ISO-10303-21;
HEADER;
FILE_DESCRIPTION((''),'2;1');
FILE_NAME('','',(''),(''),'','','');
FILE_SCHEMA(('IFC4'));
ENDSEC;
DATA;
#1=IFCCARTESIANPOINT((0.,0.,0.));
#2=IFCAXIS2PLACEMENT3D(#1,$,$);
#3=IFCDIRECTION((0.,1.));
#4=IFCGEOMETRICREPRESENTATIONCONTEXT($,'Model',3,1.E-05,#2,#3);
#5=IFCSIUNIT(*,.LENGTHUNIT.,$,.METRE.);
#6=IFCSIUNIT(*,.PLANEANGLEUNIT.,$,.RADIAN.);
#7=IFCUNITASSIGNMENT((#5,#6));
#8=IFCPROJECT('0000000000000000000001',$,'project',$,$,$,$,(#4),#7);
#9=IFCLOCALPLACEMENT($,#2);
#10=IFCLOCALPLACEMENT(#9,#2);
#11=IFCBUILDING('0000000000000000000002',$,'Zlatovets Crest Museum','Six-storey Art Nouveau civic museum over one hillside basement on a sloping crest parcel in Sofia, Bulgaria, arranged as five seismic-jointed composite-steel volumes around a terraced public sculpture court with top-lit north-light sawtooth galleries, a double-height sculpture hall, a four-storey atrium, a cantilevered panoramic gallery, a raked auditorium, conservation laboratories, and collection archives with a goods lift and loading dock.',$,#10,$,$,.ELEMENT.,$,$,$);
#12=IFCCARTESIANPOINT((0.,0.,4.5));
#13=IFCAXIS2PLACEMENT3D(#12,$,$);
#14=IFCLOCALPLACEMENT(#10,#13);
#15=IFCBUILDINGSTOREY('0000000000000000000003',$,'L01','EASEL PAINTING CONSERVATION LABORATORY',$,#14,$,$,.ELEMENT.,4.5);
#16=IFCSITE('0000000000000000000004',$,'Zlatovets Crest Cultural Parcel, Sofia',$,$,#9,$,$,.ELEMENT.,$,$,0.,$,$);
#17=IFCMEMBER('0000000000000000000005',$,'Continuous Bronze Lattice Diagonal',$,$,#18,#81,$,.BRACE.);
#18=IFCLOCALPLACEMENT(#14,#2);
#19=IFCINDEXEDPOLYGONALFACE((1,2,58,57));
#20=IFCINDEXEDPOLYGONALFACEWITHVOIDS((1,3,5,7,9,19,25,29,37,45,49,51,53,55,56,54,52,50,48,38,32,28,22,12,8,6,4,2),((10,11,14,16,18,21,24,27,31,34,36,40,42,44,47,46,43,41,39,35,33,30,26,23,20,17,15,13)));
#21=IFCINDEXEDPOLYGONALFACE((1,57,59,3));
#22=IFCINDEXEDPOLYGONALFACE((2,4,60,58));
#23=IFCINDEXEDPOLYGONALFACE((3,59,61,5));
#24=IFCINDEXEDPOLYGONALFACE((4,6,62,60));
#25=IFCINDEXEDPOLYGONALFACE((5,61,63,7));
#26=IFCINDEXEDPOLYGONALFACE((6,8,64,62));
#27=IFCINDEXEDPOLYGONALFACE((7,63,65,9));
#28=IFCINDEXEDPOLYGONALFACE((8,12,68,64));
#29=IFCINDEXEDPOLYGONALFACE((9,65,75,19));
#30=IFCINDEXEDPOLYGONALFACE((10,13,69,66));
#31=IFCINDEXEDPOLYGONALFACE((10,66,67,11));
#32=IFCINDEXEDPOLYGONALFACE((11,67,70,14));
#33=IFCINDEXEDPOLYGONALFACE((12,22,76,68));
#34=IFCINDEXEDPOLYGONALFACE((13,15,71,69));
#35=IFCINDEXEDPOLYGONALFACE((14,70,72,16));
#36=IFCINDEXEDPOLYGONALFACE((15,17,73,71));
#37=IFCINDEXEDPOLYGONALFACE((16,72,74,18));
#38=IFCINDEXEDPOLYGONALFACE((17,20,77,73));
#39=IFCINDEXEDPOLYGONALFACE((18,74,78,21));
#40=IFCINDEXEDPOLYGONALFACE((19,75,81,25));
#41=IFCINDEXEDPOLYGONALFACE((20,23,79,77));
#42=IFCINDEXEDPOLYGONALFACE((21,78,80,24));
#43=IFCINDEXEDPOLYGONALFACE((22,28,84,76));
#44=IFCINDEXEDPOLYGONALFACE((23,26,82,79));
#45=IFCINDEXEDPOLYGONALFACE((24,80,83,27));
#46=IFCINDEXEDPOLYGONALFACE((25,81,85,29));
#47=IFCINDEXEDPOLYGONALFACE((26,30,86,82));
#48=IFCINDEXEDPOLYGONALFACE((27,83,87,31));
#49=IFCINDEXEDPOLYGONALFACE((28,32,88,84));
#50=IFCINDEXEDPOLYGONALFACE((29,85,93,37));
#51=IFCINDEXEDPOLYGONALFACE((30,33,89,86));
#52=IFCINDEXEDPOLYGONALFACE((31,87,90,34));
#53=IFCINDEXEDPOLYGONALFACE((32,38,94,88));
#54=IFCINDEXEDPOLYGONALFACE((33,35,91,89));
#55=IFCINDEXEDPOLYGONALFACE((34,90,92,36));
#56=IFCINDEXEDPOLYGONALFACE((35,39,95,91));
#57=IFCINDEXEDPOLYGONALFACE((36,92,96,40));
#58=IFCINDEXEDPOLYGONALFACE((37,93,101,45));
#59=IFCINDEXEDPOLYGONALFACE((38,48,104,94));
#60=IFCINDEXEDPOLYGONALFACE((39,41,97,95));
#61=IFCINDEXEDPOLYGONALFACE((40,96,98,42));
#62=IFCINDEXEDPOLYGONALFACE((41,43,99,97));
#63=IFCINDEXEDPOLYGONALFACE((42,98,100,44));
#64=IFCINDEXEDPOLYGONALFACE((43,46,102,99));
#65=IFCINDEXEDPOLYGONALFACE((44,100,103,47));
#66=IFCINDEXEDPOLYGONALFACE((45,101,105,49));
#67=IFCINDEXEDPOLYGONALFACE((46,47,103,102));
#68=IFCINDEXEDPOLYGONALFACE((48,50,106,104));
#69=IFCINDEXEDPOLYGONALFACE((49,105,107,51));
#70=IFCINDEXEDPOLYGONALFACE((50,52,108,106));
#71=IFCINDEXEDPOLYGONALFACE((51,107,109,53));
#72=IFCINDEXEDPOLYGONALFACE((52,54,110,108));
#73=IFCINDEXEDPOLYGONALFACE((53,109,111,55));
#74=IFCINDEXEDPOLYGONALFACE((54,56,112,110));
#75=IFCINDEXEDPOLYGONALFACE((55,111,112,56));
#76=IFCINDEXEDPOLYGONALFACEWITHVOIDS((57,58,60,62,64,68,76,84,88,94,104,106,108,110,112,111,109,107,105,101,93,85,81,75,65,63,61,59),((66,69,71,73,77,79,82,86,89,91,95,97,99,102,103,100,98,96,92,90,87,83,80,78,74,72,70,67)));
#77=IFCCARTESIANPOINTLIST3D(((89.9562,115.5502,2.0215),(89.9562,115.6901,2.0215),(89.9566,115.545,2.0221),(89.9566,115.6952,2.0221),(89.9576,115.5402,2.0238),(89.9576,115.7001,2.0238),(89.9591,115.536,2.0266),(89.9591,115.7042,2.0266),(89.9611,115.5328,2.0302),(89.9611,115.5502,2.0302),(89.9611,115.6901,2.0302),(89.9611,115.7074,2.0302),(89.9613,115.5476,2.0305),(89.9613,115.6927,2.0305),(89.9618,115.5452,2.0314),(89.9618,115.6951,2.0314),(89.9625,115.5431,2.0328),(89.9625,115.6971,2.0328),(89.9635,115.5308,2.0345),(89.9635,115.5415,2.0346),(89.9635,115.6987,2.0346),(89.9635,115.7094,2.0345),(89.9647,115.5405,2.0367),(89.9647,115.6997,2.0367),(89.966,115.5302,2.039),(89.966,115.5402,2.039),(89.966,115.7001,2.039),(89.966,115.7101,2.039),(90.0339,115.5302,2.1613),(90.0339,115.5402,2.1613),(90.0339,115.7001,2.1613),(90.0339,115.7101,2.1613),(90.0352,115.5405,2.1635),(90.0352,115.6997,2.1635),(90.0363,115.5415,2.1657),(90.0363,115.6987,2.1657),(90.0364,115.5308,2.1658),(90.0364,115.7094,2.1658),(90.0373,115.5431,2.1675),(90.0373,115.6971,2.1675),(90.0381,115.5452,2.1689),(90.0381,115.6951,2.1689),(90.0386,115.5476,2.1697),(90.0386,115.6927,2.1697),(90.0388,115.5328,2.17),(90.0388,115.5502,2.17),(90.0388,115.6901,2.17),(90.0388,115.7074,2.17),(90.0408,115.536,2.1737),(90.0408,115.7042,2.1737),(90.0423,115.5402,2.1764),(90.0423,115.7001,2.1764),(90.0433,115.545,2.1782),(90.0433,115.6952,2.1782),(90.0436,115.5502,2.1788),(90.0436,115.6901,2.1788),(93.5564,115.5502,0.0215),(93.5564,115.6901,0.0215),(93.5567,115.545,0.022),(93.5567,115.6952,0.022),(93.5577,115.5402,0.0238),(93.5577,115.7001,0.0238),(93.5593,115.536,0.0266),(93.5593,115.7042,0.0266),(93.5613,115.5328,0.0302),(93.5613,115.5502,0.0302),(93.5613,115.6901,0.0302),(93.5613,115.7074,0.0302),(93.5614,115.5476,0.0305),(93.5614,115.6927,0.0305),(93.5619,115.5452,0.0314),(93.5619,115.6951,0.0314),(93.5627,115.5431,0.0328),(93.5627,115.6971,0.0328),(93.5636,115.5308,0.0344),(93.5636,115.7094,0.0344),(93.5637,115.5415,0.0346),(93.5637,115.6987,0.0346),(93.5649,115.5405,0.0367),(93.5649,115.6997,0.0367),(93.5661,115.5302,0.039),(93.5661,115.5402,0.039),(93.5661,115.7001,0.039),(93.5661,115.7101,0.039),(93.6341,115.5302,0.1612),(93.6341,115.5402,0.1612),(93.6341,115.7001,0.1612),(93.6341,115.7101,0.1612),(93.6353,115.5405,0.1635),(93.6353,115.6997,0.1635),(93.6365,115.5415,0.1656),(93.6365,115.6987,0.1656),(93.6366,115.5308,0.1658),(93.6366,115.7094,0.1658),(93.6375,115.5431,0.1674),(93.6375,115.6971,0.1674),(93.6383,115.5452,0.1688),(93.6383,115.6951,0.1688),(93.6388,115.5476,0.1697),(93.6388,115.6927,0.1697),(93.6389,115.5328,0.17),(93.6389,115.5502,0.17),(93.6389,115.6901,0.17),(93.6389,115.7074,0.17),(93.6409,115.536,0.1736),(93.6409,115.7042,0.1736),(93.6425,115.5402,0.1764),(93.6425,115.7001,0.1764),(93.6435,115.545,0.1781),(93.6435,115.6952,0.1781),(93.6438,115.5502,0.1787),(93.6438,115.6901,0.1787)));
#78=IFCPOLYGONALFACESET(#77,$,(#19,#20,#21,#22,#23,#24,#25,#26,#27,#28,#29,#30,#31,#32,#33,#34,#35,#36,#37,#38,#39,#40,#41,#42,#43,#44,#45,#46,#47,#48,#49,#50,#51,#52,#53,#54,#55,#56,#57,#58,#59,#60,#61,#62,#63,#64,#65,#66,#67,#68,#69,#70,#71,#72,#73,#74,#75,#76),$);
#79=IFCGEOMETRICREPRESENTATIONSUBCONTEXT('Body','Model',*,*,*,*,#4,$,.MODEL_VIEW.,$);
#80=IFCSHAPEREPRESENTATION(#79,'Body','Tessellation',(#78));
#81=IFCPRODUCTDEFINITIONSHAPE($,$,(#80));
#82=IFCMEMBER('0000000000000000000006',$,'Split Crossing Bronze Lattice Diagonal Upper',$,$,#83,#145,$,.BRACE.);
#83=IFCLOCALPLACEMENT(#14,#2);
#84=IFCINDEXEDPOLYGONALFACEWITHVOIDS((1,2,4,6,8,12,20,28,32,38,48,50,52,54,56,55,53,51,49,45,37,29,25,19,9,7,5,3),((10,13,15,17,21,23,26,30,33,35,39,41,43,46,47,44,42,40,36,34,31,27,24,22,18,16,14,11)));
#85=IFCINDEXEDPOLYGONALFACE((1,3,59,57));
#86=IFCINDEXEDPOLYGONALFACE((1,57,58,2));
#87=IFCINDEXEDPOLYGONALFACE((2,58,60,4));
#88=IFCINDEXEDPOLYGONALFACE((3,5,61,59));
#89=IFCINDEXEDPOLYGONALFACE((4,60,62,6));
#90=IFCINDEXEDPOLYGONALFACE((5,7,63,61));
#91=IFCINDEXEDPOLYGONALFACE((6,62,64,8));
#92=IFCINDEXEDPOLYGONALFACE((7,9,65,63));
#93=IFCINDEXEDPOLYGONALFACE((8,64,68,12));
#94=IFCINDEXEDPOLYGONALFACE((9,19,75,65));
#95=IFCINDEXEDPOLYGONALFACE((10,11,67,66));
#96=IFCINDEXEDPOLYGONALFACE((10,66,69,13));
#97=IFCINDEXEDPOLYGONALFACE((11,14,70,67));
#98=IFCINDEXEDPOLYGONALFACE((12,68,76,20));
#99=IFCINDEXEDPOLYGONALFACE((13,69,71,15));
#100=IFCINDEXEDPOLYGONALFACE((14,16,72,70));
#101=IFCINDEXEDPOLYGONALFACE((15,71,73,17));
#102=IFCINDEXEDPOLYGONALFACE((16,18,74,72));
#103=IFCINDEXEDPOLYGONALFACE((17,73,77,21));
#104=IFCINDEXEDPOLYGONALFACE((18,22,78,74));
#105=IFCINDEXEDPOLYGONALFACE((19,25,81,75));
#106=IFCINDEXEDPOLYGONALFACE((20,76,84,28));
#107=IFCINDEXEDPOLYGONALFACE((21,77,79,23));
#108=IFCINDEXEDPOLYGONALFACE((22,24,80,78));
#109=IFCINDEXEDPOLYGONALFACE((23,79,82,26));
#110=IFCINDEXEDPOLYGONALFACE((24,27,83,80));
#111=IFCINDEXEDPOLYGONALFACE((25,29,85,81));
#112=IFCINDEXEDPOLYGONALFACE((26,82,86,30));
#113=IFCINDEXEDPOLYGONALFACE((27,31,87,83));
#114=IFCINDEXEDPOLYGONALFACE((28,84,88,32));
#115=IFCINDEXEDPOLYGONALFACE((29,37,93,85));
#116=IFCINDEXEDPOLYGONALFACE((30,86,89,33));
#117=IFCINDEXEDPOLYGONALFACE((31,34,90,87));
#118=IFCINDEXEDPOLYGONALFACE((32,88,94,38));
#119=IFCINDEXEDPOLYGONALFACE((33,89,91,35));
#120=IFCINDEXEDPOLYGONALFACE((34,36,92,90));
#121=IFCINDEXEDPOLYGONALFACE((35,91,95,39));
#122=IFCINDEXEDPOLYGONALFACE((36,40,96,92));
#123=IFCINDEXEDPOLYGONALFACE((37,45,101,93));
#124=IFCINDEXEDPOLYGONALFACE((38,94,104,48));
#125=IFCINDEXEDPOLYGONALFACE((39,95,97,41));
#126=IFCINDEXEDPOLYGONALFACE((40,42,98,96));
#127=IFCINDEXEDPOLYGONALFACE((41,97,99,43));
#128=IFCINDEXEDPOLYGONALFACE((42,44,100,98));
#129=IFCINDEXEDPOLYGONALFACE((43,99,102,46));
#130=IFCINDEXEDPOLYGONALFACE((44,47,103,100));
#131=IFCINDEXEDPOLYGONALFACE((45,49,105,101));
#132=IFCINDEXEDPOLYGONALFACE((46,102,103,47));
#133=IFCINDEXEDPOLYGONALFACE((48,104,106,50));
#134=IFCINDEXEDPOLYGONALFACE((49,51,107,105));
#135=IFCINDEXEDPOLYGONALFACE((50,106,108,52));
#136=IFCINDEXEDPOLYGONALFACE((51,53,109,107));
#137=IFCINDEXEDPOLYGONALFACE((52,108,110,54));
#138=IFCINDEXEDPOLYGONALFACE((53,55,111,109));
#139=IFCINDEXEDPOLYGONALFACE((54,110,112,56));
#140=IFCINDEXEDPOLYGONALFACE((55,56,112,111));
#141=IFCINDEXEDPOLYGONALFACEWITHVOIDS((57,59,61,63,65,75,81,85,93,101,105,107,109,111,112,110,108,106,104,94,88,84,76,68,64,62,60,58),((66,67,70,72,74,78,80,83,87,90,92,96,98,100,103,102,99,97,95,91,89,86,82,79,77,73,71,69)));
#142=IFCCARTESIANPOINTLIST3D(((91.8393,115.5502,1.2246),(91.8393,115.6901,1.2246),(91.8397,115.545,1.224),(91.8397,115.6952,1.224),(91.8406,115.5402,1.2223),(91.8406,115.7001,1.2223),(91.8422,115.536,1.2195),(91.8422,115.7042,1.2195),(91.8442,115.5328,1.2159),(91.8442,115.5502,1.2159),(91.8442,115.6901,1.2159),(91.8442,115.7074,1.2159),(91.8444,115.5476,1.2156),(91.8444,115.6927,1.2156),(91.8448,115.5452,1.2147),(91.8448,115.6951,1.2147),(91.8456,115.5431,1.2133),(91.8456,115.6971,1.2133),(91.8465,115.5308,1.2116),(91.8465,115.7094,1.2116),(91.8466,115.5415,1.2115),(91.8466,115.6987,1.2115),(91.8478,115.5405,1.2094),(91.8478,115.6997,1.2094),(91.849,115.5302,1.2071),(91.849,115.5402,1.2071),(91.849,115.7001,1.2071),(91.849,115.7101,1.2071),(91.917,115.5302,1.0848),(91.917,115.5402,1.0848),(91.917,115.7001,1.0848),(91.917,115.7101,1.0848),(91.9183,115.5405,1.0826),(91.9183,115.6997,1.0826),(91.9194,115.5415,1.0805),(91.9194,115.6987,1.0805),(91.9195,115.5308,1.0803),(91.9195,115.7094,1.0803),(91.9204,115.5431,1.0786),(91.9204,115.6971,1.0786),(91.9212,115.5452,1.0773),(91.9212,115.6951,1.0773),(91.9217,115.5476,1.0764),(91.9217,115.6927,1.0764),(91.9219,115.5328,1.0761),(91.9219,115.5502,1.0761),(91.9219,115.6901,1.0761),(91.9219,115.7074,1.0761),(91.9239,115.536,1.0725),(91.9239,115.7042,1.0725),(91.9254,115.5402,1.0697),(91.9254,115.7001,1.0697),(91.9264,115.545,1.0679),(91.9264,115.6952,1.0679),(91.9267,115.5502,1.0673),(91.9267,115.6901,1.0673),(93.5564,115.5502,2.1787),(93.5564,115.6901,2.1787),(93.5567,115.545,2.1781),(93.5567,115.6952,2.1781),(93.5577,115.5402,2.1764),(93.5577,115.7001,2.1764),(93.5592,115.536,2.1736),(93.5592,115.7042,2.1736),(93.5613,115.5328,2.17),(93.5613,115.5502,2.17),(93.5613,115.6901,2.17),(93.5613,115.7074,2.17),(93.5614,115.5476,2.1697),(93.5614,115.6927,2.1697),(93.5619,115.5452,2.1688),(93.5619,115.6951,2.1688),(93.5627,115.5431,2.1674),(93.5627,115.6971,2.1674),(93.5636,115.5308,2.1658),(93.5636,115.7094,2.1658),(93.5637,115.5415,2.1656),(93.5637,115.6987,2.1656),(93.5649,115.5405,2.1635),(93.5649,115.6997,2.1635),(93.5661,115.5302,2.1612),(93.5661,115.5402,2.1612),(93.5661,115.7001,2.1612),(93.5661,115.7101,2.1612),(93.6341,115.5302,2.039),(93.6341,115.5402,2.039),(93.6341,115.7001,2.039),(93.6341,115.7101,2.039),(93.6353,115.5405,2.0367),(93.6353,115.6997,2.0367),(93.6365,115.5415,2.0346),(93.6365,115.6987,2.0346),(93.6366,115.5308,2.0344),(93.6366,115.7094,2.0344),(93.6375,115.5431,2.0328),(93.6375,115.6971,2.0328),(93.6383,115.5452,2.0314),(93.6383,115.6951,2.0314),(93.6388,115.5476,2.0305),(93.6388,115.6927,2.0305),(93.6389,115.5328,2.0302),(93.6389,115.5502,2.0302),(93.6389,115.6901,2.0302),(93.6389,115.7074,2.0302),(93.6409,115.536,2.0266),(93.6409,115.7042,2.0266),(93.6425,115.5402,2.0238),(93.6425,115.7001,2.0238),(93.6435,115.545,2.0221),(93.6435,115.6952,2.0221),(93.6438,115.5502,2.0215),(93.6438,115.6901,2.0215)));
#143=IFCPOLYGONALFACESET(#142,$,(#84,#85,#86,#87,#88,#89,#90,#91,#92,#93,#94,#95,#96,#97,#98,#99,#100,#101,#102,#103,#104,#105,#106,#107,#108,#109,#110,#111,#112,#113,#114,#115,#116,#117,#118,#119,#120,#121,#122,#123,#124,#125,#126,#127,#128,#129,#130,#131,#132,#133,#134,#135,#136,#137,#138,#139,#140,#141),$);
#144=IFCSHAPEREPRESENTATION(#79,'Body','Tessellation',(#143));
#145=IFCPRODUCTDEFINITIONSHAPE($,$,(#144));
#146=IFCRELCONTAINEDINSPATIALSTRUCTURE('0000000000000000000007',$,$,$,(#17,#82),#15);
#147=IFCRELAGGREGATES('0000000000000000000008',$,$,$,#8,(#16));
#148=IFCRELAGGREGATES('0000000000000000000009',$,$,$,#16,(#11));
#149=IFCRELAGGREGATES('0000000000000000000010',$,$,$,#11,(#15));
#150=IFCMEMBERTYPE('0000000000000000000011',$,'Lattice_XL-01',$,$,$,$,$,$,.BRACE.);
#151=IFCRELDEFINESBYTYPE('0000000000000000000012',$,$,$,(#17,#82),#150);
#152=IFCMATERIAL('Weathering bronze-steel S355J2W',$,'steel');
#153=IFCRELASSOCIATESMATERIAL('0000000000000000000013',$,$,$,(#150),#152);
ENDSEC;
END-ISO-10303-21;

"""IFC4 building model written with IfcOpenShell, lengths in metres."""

from ifc_helpers import new_model, si_unit, direction, frame, origin, origin_2d, place, context, subcontext, project, spatial, hollow_rectangle, extrude, material, material_profile, profile_set, type_object, element, save


model = new_model("IFC4")

# Units and contexts
model_context = context("Model", 3, precision=1e-05, world=origin(), true_north=direction((0.0, 1.0)))
body_context = subcontext(model_context, "Body", "Model", "MODEL_VIEW")
ifc_project = project(units=[si_unit("LENGTHUNIT", "METRE"), si_unit("PLANEANGLEUNIT", "RADIAN")], contexts=[model_context])

# Site, building, storey
site_placement = place(None, origin())
site = spatial("IfcSite", under=ifc_project, at=site_placement, Name="Zlatovets Crest Cultural Parcel, Sofia", CompositionType="ELEMENT", RefElevation=0.0)
building_placement = place(site_placement, origin())
building = spatial("IfcBuilding", under=site, at=building_placement, Name="Zlatovets Crest Museum", Description="Six-storey Art Nouveau civic museum over one hillside basement on a sloping crest parcel in Sofia, Bulgaria, arranged as five seismic-jointed composite-steel volumes around a terraced public sculpture court with top-lit north-light sawtooth galleries, a double-height sculpture hall, a four-storey atrium, a cantilevered panoramic gallery, a raked auditorium, conservation laboratories, and collection archives with a goods lift and loading dock.", CompositionType="ELEMENT")
storey_placement = place(building_placement, frame((0.0, 0.0, 4.5)))
storey = spatial("IfcBuildingStorey", under=building, at=storey_placement, Name="L01", Description="EASEL PAINTING CONSERVATION LABORATORY", CompositionType="ELEMENT", Elevation=4.5)

# Members
ifc_material_1 = material(Name="Weathering bronze-steel S355J2W", Category="steel")
ifc_material_profile_1 = material_profile(ifc_material_1, hollow_rectangle(XDim=0.1799, YDim=0.1799, WallThickness=0.01, InnerFilletRadius=0.01, OuterFilletRadius=0.02, at=origin_2d()), Name="SHS 180x180x10.0")
ifc_profile_set_1 = profile_set([ifc_material_profile_1], Name="Weathering bronze-steel S355J2W")
member_type_1 = type_object("IfcMemberType", Name="Lattice_XL-01", PredefinedType="BRACE", material=ifc_profile_set_1)
member_1_placement = place(storey_placement, frame((93.6001, 115.6201, 0.1001), z_axis=(-0.874163, 0.0, 0.485633), x_axis=(0.0, -1.0, 0.0)))
element("IfcMember", 1, at=member_1_placement, inside=storey, type_object=member_type_1, Name="Continuous Bronze Lattice Diagonal", PredefinedType="BRACE", context=body_context, shape_type="SweptSolid", body=[
    extrude(hollow_rectangle(XDim=0.1799, YDim=0.1799, WallThickness=0.01, InnerFilletRadius=0.01, OuterFilletRadius=0.02, at=origin_2d()), origin(), (0.0, 0.0, 1.0), 4.1184),
])
member_2_placement = place(storey_placement, frame((93.6001, 115.6201, 2.1001), z_axis=(-0.874116, 0.0, -0.485717), x_axis=(0.0, -1.0, 0.0)))
element("IfcMember", 2, at=member_2_placement, inside=storey, type_object=member_type_1, Name="Split Crossing Bronze Lattice Diagonal Upper", PredefinedType="BRACE", context=body_context, shape_type="SweptSolid", body=[
    extrude(hollow_rectangle(XDim=0.1799, YDim=0.1799, WallThickness=0.01, InnerFilletRadius=0.01, OuterFilletRadius=0.02, at=origin_2d()), origin(), (0.0, 0.0, 1.0), 1.9644),
])

save(model, "model.ifc")
